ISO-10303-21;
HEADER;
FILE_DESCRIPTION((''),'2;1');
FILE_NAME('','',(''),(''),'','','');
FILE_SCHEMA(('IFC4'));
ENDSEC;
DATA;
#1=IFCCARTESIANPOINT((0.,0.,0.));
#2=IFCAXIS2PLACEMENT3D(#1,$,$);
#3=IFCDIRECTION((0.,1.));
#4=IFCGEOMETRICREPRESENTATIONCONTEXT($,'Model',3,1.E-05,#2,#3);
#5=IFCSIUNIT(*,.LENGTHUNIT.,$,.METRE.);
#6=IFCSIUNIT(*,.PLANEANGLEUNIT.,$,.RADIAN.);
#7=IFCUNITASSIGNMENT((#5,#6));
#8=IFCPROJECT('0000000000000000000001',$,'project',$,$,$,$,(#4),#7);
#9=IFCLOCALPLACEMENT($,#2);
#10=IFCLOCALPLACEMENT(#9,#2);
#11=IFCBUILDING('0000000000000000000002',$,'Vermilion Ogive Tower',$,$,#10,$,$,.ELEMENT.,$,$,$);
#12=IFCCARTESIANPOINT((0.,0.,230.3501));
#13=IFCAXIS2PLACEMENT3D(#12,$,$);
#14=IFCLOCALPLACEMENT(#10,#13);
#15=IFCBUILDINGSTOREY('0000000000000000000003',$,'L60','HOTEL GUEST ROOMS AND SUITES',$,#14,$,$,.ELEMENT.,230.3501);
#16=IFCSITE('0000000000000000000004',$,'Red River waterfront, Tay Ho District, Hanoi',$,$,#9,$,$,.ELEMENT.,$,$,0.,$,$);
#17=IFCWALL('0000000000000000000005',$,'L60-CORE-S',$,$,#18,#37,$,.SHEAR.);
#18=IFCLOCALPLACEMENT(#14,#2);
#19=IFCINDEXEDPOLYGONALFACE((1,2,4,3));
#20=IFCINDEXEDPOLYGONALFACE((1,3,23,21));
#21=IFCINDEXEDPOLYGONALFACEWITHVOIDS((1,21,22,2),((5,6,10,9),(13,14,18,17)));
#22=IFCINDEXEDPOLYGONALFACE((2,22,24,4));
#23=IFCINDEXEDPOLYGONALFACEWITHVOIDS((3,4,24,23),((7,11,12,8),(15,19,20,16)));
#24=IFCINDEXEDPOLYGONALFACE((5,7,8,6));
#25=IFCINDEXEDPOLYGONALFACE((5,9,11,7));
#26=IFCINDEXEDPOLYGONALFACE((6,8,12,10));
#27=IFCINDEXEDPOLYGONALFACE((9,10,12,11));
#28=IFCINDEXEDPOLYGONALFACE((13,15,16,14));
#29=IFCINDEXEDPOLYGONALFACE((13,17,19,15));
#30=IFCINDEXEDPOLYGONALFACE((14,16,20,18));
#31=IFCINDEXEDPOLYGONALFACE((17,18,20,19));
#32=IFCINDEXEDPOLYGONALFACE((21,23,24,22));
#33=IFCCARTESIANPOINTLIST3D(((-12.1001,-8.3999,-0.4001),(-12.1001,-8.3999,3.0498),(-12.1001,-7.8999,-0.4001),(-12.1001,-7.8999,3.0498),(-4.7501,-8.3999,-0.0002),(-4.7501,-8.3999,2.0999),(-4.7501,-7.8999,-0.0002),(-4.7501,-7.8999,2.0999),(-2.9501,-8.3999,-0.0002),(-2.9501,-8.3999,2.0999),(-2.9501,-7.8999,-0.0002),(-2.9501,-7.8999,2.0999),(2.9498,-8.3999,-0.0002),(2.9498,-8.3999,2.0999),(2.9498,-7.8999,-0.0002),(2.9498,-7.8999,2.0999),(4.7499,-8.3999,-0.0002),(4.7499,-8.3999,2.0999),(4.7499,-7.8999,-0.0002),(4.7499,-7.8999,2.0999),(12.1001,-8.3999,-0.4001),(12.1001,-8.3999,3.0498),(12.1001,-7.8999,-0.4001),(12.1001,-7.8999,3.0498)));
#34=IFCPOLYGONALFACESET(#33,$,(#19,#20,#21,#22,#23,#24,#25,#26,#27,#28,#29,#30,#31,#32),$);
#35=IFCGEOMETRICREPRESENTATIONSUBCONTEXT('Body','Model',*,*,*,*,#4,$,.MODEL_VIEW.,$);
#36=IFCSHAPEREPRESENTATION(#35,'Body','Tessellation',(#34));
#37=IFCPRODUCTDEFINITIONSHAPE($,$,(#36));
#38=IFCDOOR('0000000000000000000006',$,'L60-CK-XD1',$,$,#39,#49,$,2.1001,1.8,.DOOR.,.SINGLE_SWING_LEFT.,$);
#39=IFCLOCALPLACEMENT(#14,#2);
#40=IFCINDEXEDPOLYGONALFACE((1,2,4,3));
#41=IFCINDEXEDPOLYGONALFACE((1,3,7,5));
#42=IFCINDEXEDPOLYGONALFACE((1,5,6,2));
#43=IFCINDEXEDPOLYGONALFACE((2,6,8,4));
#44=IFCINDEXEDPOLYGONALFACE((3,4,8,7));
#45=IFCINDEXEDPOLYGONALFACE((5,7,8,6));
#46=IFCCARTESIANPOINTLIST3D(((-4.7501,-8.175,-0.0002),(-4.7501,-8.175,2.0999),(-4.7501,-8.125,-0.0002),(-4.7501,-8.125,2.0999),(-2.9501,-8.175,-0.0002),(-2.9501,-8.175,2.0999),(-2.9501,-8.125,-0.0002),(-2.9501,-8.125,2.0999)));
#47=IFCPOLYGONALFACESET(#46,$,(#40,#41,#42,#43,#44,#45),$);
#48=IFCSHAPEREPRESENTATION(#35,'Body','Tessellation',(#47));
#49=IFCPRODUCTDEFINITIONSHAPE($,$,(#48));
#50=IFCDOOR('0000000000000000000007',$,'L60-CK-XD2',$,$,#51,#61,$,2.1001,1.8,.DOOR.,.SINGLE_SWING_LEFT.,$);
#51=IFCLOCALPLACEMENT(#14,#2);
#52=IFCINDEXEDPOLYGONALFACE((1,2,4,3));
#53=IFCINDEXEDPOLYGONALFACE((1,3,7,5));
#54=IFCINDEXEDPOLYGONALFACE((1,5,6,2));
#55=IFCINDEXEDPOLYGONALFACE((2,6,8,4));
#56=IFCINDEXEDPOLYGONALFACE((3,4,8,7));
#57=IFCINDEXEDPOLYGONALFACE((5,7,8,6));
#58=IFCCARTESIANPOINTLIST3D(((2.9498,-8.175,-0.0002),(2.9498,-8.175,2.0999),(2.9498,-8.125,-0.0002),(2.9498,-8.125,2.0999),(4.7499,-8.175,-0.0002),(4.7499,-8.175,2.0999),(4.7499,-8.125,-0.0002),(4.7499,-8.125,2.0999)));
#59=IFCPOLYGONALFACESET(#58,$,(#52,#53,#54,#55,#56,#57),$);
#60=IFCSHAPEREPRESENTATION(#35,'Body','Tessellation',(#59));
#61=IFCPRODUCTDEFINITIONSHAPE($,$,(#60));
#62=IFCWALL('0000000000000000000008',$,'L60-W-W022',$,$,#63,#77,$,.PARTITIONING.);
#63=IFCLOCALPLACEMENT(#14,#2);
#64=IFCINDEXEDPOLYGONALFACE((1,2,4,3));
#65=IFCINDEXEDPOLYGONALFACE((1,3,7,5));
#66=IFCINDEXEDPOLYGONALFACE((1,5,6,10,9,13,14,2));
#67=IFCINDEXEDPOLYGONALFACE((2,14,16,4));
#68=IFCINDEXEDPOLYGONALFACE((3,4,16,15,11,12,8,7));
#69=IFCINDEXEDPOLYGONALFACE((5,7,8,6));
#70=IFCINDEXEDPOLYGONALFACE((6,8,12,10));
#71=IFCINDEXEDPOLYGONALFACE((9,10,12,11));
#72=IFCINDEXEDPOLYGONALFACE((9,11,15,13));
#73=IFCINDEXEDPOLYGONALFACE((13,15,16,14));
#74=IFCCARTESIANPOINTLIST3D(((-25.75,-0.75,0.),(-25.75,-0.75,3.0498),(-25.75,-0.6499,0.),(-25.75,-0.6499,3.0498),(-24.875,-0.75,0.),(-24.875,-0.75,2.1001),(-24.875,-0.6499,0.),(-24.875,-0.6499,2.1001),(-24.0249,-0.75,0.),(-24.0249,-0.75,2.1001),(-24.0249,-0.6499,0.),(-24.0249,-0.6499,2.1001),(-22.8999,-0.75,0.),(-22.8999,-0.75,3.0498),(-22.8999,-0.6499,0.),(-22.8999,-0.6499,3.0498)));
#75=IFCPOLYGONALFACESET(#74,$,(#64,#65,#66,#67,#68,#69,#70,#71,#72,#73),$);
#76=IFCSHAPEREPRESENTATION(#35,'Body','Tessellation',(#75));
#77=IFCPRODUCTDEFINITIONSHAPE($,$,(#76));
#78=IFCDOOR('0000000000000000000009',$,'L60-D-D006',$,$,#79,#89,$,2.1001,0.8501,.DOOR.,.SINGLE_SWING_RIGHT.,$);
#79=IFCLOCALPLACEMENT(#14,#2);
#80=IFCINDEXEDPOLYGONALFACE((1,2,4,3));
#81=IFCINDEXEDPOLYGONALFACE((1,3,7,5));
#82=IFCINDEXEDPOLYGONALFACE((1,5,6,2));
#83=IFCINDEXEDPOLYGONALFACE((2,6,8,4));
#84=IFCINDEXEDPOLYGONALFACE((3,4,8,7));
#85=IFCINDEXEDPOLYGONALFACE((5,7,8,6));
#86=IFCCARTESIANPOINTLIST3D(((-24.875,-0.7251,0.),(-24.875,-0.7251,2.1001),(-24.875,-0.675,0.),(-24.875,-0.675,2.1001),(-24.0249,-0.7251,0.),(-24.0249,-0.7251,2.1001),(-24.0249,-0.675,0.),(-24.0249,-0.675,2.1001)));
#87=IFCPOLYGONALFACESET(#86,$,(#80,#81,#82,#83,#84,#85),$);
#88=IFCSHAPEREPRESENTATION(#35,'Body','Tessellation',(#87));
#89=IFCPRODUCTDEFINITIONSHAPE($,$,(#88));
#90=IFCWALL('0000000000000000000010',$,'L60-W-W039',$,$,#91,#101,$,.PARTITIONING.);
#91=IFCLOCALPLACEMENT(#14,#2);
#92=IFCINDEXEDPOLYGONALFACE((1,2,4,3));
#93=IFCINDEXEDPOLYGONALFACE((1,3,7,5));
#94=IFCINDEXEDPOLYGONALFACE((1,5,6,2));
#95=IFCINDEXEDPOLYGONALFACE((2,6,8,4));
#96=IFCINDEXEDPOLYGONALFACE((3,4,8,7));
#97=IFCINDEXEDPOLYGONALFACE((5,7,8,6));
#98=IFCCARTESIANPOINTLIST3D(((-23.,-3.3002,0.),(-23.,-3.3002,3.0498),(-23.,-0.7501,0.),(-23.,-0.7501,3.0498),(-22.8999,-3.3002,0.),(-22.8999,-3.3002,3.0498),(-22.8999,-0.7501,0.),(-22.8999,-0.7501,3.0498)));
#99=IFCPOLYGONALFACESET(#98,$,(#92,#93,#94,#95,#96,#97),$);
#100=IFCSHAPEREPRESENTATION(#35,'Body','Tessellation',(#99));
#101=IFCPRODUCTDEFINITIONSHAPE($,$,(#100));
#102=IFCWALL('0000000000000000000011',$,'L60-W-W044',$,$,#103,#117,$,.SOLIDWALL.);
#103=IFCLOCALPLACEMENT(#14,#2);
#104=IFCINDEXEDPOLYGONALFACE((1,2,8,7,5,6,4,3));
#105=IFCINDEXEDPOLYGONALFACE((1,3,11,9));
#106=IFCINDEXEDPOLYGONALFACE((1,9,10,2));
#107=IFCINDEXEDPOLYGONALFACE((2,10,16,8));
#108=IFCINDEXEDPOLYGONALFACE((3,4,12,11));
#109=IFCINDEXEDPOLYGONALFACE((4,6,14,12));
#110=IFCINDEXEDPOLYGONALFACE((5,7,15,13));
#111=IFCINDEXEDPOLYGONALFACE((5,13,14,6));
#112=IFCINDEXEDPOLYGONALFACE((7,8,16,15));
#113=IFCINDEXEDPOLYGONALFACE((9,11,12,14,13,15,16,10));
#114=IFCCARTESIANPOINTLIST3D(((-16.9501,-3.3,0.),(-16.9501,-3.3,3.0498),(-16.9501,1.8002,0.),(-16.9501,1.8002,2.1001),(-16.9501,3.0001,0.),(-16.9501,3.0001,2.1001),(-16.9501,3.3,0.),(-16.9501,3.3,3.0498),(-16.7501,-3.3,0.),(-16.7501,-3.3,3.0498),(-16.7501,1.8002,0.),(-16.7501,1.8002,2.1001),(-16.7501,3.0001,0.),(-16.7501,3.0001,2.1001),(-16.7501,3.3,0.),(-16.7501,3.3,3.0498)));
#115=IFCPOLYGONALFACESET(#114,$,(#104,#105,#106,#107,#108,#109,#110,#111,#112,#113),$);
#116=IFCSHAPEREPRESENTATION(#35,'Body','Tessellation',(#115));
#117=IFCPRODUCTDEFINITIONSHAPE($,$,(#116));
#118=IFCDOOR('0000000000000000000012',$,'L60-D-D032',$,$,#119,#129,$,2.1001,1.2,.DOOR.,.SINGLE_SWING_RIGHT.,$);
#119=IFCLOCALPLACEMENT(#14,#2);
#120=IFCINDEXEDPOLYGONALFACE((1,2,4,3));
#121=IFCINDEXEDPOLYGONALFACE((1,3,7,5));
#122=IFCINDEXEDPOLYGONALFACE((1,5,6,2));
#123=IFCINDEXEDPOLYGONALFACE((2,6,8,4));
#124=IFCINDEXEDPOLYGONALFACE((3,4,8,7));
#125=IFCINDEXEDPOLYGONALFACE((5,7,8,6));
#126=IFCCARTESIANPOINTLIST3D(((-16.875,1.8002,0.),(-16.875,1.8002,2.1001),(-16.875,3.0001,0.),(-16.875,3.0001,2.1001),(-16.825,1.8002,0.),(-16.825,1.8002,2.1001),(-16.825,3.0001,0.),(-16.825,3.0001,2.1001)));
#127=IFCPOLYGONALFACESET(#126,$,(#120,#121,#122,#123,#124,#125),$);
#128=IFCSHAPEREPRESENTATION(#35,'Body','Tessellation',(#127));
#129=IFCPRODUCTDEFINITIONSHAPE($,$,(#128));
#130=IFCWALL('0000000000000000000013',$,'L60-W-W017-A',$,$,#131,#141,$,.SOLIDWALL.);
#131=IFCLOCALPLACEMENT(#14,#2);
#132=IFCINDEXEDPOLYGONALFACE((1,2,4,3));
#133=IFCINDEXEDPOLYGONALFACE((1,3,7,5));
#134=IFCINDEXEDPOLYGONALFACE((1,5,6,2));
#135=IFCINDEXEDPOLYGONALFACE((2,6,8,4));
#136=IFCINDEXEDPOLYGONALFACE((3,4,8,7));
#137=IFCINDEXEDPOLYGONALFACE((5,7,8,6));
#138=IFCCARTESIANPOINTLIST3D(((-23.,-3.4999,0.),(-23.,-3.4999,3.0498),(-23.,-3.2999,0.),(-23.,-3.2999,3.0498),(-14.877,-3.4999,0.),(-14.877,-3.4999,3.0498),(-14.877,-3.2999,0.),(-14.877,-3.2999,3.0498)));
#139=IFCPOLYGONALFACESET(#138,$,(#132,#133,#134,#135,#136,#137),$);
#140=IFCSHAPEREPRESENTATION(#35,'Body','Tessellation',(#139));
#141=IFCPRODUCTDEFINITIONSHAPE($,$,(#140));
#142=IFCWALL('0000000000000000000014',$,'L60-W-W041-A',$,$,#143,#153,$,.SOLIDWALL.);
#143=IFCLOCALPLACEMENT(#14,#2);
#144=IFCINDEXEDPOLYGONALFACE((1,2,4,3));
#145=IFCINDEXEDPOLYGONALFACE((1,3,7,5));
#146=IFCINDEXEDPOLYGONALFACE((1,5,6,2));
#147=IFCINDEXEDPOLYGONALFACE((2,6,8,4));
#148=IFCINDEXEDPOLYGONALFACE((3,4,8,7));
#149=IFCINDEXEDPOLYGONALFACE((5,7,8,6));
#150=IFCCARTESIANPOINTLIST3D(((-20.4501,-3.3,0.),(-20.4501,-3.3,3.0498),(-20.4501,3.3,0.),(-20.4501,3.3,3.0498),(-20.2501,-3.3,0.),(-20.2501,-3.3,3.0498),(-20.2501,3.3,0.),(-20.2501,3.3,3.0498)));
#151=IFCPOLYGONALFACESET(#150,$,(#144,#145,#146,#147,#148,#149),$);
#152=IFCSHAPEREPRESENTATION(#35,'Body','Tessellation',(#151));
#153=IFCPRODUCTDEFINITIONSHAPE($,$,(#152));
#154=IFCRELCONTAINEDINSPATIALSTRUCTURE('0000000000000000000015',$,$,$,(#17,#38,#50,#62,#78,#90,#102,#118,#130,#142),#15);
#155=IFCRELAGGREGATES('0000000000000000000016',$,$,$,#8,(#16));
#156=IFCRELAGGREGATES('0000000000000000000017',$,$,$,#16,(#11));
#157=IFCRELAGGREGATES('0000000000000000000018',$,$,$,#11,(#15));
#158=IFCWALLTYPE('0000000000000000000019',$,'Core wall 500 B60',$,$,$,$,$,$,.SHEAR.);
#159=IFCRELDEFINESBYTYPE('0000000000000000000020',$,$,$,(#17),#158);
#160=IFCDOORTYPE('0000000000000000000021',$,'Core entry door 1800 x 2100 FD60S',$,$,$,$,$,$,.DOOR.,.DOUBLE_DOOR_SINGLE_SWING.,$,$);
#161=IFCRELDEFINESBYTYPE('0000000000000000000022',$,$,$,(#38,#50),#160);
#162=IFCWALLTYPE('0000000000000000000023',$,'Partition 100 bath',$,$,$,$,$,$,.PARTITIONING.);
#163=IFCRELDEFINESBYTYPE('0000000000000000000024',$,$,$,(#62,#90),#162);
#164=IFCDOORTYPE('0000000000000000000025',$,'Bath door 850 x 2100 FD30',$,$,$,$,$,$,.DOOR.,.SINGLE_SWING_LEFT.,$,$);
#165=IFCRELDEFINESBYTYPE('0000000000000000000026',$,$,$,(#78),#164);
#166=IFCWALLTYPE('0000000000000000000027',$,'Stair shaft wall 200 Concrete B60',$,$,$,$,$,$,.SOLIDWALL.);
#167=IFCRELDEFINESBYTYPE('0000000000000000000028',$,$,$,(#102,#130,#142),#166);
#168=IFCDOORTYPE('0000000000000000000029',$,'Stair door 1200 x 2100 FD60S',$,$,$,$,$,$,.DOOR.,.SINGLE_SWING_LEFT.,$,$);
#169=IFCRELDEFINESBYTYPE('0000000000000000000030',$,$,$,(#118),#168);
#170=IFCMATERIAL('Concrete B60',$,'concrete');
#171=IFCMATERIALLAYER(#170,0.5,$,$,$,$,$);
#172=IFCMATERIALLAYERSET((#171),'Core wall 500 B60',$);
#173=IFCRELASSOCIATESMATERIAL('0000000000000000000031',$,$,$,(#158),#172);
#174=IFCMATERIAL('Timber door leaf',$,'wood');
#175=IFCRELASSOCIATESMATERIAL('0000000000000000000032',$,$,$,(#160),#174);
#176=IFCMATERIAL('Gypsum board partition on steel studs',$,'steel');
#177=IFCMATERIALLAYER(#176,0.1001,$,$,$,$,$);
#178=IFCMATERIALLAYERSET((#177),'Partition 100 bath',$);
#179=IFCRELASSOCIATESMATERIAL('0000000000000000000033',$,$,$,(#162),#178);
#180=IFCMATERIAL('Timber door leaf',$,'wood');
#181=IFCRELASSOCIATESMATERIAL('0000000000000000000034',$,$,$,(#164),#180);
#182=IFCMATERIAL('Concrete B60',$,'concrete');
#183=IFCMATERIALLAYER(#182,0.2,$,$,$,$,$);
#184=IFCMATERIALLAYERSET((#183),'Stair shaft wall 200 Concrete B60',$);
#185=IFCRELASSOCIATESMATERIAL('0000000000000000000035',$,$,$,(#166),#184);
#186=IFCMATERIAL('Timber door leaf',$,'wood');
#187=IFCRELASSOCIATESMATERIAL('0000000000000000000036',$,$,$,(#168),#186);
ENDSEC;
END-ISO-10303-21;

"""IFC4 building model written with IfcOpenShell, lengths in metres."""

from ifc_helpers import new_model, si_unit, direction, frame, frame_2d, origin, place, context, subcontext, project, spatial, rectangle, extrude, material, layer, layer_set, type_object, element, fill, save


model = new_model("IFC4")

# Units and contexts
model_context = context("Model", 3, precision=1e-05, world=origin(), true_north=direction((0.0, 1.0)))
body_context = subcontext(model_context, "Body", "Model", "MODEL_VIEW")
ifc_project = project(units=[si_unit("LENGTHUNIT", "METRE"), si_unit("PLANEANGLEUNIT", "RADIAN")], contexts=[model_context])

# Site, building, storey
site_placement = place(None, origin())
site = spatial("IfcSite", under=ifc_project, at=site_placement, Name="Red River waterfront, Tay Ho District, Hanoi", CompositionType="ELEMENT", RefElevation=0.0)
building_placement = place(site_placement, origin())
building = spatial("IfcBuilding", under=site, at=building_placement, Name="Vermilion Ogive Tower", CompositionType="ELEMENT")
storey_placement = place(building_placement, frame((0.0, 0.0, 230.3501)))
storey = spatial("IfcBuildingStorey", under=building, at=storey_placement, Name="L60", Description="HOTEL GUEST ROOMS AND SUITES", CompositionType="ELEMENT", Elevation=230.3501)

# Wall, openings, doors
ifc_material_1 = material(Name="Concrete B60", Category="concrete")
ifc_layer_1 = layer(ifc_material_1, 0.5)
ifc_layer_set_1 = layer_set([ifc_layer_1], Name="Core wall 500 B60")
wall_type_1 = type_object("IfcWallType", Name="Core wall 500 B60", PredefinedType="SHEAR", material=ifc_layer_set_1)
wall_1_placement = place(storey_placement, frame((-12.1001, -8.1499, -0.4001), z_axis=(0.0, 0.0, 1.0), x_axis=(1.0, 0.0, 0.0)))
wall_1 = element("IfcWall", 1, at=wall_1_placement, inside=storey, type_object=wall_type_1, Name="L60-CORE-S", PredefinedType="SHEAR", context=body_context, shape_type="SweptSolid", body=[
    extrude(rectangle(XDim=24.2002, YDim=0.5, at=frame_2d((12.1001, 0.0))), origin(), (0.0, 0.0, 1.0), 3.45),
])
opening_1_placement = place(wall_1_placement, frame((7.3501, 0.0, 0.3999)))
opening_1 = element("IfcOpeningElement", 2, at=opening_1_placement, cuts=wall_1, PredefinedType="OPENING", context=body_context, shape_type="SweptSolid", body=[
    extrude(rectangle(XDim=1.8, YDim=2.1001, at=frame_2d((0.8999, 1.05))), frame((0.0, 0.26, 0.0), z_axis=(0.0, -1.0, 0.0), x_axis=(1.0, 0.0, 0.0)), (0.0, 0.0, 1.0), 0.52),
])
opening_2_placement = place(wall_1_placement, frame((15.05, 0.0, 0.3999)))
opening_2 = element("IfcOpeningElement", 3, at=opening_2_placement, cuts=wall_1, PredefinedType="OPENING", context=body_context, shape_type="SweptSolid", body=[
    extrude(rectangle(XDim=1.8, YDim=2.1001, at=frame_2d((0.8999, 1.05))), frame((0.0, 0.26, 0.0), z_axis=(0.0, -1.0, 0.0), x_axis=(1.0, 0.0, 0.0)), (0.0, 0.0, 1.0), 0.52),
])
ifc_material_2 = material(Name="Timber door leaf", Category="wood")
door_type_1 = type_object("IfcDoorType", Name="Core entry door 1800 x 2100 FD60S", OperationType="DOUBLE_DOOR_SINGLE_SWING", PredefinedType="DOOR", material=ifc_material_2)
door_1_placement = place(opening_1_placement, origin())
door_1 = element("IfcDoor", 4, at=door_1_placement, inside=storey, type_object=door_type_1, Name="L60-CK-XD1", OperationType="SINGLE_SWING_LEFT", OverallHeight=2.1001, OverallWidth=1.8, PredefinedType="DOOR", context=body_context, shape_type="SweptSolid", body=[
    extrude(rectangle(XDim=1.8, YDim=2.1001, at=frame_2d((0.8999, 1.05))), frame((0.0, 0.0249, 0.0), z_axis=(0.0, -1.0, 0.0), x_axis=(1.0, 0.0, 0.0)), (0.0, 0.0, 1.0), 0.05),
])
fill(opening_1, door_1)
door_2_placement = place(opening_2_placement, origin())
door_2 = element("IfcDoor", 5, at=door_2_placement, inside=storey, type_object=door_type_1, Name="L60-CK-XD2", OperationType="SINGLE_SWING_LEFT", OverallHeight=2.1001, OverallWidth=1.8, PredefinedType="DOOR", context=body_context, shape_type="SweptSolid", body=[
    extrude(rectangle(XDim=1.8, YDim=2.1001, at=frame_2d((0.8999, 1.05))), frame((0.0, 0.0249, 0.0), z_axis=(0.0, -1.0, 0.0), x_axis=(1.0, 0.0, 0.0)), (0.0, 0.0, 1.0), 0.05),
])
fill(opening_2, door_2)

# Wall, opening, door
ifc_material_3 = material(Name="Gypsum board partition on steel studs", Category="steel")
ifc_layer_2 = layer(ifc_material_3, 0.1001)
ifc_layer_set_2 = layer_set([ifc_layer_2], Name="Partition 100 bath")
wall_type_2 = type_object("IfcWallType", Name="Partition 100 bath", PredefinedType="PARTITIONING", material=ifc_layer_set_2)
wall_2_placement = place(storey_placement, frame((-25.75, -0.7, 0.0), z_axis=(0.0, 0.0, 1.0), x_axis=(1.0, 0.0, 0.0)))
wall_2 = element("IfcWall", 6, at=wall_2_placement, inside=storey, type_object=wall_type_2, Name="L60-W-W022", PredefinedType="PARTITIONING", context=body_context, shape_type="SweptSolid", body=[
    extrude(rectangle(XDim=2.8501, YDim=0.1001, at=frame_2d((1.425, 0.0))), origin(), (0.0, 0.0, 1.0), 3.0498),
])
opening_3_placement = place(wall_2_placement, frame((0.875, 0.0, 0.0)))
opening_3 = element("IfcOpeningElement", 7, at=opening_3_placement, cuts=wall_2, PredefinedType="OPENING", context=body_context, shape_type="SweptSolid", body=[
    extrude(rectangle(XDim=0.8501, YDim=2.1001, at=frame_2d((0.425, 1.05))), frame((0.0, 0.0601, 0.0), z_axis=(0.0, -1.0, 0.0), x_axis=(1.0, 0.0, 0.0)), (0.0, 0.0, 1.0), 0.1201),
])
ifc_material_4 = material(Name="Timber door leaf", Category="wood")
door_type_2 = type_object("IfcDoorType", Name="Bath door 850 x 2100 FD30", OperationType="SINGLE_SWING_LEFT", PredefinedType="DOOR", material=ifc_material_4)
door_3_placement = place(opening_3_placement, origin())
door_3 = element("IfcDoor", 8, at=door_3_placement, inside=storey, type_object=door_type_2, Name="L60-D-D006", OperationType="SINGLE_SWING_RIGHT", OverallHeight=2.1001, OverallWidth=0.8501, PredefinedType="DOOR", context=body_context, shape_type="SweptSolid", body=[
    extrude(rectangle(XDim=0.8501, YDim=2.1001, at=frame_2d((0.425, 1.05))), frame((0.0, 0.0249, 0.0), z_axis=(0.0, -1.0, 0.0), x_axis=(1.0, 0.0, 0.0)), (0.0, 0.0, 1.0), 0.05),
])
fill(opening_3, door_3)

# Wall
wall_3_placement = place(storey_placement, frame((-22.95, -3.3, 0.0), z_axis=(0.0, 0.0, 1.0), x_axis=(0.0, 1.0, 0.0)))
element("IfcWall", 9, at=wall_3_placement, inside=storey, type_object=wall_type_2, Name="L60-W-W039", PredefinedType="PARTITIONING", context=body_context, shape_type="SweptSolid", body=[
    extrude(rectangle(XDim=2.55, YDim=0.1001, at=frame_2d((1.2749, 0.0))), origin(), (0.0, 0.0, 1.0), 3.0498),
])

# Wall, opening, door
ifc_material_5 = material(Name="Concrete B60", Category="concrete")
ifc_layer_3 = layer(ifc_material_5, 0.2)
ifc_layer_set_3 = layer_set([ifc_layer_3], Name="Stair shaft wall 200 Concrete B60")
wall_type_3 = type_object("IfcWallType", Name="Stair shaft wall 200 Concrete B60", PredefinedType="SOLIDWALL", material=ifc_layer_set_3)
wall_4_placement = place(storey_placement, frame((-16.8501, -3.3, 0.0), z_axis=(0.0, 0.0, 1.0), x_axis=(0.0, 1.0, 0.0)))
wall_4 = element("IfcWall", 10, at=wall_4_placement, inside=storey, type_object=wall_type_3, Name="L60-W-W044", PredefinedType="SOLIDWALL", context=body_context, shape_type="SweptSolid", body=[
    extrude(rectangle(XDim=6.6001, YDim=0.2, at=frame_2d((3.3, 0.0))), origin(), (0.0, 0.0, 1.0), 3.0498),
])
opening_4_placement = place(wall_4_placement, frame((5.1001, 0.0, 0.0)))
opening_4 = element("IfcOpeningElement", 11, at=opening_4_placement, cuts=wall_4, PredefinedType="OPENING", context=body_context, shape_type="SweptSolid", body=[
    extrude(rectangle(XDim=1.2, YDim=2.1001, at=frame_2d((0.6001, 1.05))), frame((0.0, 0.1099, 0.0), z_axis=(0.0, -1.0, 0.0), x_axis=(1.0, 0.0, 0.0)), (0.0, 0.0, 1.0), 0.22),
])
ifc_material_6 = material(Name="Timber door leaf", Category="wood")
door_type_3 = type_object("IfcDoorType", Name="Stair door 1200 x 2100 FD60S", OperationType="SINGLE_SWING_LEFT", PredefinedType="DOOR", material=ifc_material_6)
door_4_placement = place(opening_4_placement, origin())
door_4 = element("IfcDoor", 12, at=door_4_placement, inside=storey, type_object=door_type_3, Name="L60-D-D032", OperationType="SINGLE_SWING_RIGHT", OverallHeight=2.1001, OverallWidth=1.2, PredefinedType="DOOR", context=body_context, shape_type="SweptSolid", body=[
    extrude(rectangle(XDim=1.2, YDim=2.1001, at=frame_2d((0.6001, 1.05))), frame((0.0, 0.0249, 0.0), z_axis=(0.0, -1.0, 0.0), x_axis=(1.0, 0.0, 0.0)), (0.0, 0.0, 1.0), 0.05),
])
fill(opening_4, door_4)

# Walls
wall_5_placement = place(storey_placement, frame((-23.0, -3.3999, 0.0), z_axis=(0.0, 0.0, 1.0), x_axis=(1.0, 0.0, 0.0)))
element("IfcWall", 13, at=wall_5_placement, inside=storey, type_object=wall_type_3, Name="L60-W-W017-A", PredefinedType="SOLIDWALL", context=body_context, shape_type="SweptSolid", body=[
    extrude(rectangle(XDim=8.123, YDim=0.2, at=frame_2d((4.0615, 0.0))), origin(), (0.0, 0.0, 1.0), 3.0498),
])
wall_6_placement = place(storey_placement, frame((-20.3501, -3.3, 0.0), z_axis=(0.0, 0.0, 1.0), x_axis=(0.0, 1.0, 0.0)))
element("IfcWall", 14, at=wall_6_placement, inside=storey, type_object=wall_type_3, Name="L60-W-W041-A", PredefinedType="SOLIDWALL", context=body_context, shape_type="SweptSolid", body=[
    extrude(rectangle(XDim=6.6001, YDim=0.2, at=frame_2d((3.3, 0.0))), origin(), (0.0, 0.0, 1.0), 3.0498),
])

save(model, "model.ifc")
